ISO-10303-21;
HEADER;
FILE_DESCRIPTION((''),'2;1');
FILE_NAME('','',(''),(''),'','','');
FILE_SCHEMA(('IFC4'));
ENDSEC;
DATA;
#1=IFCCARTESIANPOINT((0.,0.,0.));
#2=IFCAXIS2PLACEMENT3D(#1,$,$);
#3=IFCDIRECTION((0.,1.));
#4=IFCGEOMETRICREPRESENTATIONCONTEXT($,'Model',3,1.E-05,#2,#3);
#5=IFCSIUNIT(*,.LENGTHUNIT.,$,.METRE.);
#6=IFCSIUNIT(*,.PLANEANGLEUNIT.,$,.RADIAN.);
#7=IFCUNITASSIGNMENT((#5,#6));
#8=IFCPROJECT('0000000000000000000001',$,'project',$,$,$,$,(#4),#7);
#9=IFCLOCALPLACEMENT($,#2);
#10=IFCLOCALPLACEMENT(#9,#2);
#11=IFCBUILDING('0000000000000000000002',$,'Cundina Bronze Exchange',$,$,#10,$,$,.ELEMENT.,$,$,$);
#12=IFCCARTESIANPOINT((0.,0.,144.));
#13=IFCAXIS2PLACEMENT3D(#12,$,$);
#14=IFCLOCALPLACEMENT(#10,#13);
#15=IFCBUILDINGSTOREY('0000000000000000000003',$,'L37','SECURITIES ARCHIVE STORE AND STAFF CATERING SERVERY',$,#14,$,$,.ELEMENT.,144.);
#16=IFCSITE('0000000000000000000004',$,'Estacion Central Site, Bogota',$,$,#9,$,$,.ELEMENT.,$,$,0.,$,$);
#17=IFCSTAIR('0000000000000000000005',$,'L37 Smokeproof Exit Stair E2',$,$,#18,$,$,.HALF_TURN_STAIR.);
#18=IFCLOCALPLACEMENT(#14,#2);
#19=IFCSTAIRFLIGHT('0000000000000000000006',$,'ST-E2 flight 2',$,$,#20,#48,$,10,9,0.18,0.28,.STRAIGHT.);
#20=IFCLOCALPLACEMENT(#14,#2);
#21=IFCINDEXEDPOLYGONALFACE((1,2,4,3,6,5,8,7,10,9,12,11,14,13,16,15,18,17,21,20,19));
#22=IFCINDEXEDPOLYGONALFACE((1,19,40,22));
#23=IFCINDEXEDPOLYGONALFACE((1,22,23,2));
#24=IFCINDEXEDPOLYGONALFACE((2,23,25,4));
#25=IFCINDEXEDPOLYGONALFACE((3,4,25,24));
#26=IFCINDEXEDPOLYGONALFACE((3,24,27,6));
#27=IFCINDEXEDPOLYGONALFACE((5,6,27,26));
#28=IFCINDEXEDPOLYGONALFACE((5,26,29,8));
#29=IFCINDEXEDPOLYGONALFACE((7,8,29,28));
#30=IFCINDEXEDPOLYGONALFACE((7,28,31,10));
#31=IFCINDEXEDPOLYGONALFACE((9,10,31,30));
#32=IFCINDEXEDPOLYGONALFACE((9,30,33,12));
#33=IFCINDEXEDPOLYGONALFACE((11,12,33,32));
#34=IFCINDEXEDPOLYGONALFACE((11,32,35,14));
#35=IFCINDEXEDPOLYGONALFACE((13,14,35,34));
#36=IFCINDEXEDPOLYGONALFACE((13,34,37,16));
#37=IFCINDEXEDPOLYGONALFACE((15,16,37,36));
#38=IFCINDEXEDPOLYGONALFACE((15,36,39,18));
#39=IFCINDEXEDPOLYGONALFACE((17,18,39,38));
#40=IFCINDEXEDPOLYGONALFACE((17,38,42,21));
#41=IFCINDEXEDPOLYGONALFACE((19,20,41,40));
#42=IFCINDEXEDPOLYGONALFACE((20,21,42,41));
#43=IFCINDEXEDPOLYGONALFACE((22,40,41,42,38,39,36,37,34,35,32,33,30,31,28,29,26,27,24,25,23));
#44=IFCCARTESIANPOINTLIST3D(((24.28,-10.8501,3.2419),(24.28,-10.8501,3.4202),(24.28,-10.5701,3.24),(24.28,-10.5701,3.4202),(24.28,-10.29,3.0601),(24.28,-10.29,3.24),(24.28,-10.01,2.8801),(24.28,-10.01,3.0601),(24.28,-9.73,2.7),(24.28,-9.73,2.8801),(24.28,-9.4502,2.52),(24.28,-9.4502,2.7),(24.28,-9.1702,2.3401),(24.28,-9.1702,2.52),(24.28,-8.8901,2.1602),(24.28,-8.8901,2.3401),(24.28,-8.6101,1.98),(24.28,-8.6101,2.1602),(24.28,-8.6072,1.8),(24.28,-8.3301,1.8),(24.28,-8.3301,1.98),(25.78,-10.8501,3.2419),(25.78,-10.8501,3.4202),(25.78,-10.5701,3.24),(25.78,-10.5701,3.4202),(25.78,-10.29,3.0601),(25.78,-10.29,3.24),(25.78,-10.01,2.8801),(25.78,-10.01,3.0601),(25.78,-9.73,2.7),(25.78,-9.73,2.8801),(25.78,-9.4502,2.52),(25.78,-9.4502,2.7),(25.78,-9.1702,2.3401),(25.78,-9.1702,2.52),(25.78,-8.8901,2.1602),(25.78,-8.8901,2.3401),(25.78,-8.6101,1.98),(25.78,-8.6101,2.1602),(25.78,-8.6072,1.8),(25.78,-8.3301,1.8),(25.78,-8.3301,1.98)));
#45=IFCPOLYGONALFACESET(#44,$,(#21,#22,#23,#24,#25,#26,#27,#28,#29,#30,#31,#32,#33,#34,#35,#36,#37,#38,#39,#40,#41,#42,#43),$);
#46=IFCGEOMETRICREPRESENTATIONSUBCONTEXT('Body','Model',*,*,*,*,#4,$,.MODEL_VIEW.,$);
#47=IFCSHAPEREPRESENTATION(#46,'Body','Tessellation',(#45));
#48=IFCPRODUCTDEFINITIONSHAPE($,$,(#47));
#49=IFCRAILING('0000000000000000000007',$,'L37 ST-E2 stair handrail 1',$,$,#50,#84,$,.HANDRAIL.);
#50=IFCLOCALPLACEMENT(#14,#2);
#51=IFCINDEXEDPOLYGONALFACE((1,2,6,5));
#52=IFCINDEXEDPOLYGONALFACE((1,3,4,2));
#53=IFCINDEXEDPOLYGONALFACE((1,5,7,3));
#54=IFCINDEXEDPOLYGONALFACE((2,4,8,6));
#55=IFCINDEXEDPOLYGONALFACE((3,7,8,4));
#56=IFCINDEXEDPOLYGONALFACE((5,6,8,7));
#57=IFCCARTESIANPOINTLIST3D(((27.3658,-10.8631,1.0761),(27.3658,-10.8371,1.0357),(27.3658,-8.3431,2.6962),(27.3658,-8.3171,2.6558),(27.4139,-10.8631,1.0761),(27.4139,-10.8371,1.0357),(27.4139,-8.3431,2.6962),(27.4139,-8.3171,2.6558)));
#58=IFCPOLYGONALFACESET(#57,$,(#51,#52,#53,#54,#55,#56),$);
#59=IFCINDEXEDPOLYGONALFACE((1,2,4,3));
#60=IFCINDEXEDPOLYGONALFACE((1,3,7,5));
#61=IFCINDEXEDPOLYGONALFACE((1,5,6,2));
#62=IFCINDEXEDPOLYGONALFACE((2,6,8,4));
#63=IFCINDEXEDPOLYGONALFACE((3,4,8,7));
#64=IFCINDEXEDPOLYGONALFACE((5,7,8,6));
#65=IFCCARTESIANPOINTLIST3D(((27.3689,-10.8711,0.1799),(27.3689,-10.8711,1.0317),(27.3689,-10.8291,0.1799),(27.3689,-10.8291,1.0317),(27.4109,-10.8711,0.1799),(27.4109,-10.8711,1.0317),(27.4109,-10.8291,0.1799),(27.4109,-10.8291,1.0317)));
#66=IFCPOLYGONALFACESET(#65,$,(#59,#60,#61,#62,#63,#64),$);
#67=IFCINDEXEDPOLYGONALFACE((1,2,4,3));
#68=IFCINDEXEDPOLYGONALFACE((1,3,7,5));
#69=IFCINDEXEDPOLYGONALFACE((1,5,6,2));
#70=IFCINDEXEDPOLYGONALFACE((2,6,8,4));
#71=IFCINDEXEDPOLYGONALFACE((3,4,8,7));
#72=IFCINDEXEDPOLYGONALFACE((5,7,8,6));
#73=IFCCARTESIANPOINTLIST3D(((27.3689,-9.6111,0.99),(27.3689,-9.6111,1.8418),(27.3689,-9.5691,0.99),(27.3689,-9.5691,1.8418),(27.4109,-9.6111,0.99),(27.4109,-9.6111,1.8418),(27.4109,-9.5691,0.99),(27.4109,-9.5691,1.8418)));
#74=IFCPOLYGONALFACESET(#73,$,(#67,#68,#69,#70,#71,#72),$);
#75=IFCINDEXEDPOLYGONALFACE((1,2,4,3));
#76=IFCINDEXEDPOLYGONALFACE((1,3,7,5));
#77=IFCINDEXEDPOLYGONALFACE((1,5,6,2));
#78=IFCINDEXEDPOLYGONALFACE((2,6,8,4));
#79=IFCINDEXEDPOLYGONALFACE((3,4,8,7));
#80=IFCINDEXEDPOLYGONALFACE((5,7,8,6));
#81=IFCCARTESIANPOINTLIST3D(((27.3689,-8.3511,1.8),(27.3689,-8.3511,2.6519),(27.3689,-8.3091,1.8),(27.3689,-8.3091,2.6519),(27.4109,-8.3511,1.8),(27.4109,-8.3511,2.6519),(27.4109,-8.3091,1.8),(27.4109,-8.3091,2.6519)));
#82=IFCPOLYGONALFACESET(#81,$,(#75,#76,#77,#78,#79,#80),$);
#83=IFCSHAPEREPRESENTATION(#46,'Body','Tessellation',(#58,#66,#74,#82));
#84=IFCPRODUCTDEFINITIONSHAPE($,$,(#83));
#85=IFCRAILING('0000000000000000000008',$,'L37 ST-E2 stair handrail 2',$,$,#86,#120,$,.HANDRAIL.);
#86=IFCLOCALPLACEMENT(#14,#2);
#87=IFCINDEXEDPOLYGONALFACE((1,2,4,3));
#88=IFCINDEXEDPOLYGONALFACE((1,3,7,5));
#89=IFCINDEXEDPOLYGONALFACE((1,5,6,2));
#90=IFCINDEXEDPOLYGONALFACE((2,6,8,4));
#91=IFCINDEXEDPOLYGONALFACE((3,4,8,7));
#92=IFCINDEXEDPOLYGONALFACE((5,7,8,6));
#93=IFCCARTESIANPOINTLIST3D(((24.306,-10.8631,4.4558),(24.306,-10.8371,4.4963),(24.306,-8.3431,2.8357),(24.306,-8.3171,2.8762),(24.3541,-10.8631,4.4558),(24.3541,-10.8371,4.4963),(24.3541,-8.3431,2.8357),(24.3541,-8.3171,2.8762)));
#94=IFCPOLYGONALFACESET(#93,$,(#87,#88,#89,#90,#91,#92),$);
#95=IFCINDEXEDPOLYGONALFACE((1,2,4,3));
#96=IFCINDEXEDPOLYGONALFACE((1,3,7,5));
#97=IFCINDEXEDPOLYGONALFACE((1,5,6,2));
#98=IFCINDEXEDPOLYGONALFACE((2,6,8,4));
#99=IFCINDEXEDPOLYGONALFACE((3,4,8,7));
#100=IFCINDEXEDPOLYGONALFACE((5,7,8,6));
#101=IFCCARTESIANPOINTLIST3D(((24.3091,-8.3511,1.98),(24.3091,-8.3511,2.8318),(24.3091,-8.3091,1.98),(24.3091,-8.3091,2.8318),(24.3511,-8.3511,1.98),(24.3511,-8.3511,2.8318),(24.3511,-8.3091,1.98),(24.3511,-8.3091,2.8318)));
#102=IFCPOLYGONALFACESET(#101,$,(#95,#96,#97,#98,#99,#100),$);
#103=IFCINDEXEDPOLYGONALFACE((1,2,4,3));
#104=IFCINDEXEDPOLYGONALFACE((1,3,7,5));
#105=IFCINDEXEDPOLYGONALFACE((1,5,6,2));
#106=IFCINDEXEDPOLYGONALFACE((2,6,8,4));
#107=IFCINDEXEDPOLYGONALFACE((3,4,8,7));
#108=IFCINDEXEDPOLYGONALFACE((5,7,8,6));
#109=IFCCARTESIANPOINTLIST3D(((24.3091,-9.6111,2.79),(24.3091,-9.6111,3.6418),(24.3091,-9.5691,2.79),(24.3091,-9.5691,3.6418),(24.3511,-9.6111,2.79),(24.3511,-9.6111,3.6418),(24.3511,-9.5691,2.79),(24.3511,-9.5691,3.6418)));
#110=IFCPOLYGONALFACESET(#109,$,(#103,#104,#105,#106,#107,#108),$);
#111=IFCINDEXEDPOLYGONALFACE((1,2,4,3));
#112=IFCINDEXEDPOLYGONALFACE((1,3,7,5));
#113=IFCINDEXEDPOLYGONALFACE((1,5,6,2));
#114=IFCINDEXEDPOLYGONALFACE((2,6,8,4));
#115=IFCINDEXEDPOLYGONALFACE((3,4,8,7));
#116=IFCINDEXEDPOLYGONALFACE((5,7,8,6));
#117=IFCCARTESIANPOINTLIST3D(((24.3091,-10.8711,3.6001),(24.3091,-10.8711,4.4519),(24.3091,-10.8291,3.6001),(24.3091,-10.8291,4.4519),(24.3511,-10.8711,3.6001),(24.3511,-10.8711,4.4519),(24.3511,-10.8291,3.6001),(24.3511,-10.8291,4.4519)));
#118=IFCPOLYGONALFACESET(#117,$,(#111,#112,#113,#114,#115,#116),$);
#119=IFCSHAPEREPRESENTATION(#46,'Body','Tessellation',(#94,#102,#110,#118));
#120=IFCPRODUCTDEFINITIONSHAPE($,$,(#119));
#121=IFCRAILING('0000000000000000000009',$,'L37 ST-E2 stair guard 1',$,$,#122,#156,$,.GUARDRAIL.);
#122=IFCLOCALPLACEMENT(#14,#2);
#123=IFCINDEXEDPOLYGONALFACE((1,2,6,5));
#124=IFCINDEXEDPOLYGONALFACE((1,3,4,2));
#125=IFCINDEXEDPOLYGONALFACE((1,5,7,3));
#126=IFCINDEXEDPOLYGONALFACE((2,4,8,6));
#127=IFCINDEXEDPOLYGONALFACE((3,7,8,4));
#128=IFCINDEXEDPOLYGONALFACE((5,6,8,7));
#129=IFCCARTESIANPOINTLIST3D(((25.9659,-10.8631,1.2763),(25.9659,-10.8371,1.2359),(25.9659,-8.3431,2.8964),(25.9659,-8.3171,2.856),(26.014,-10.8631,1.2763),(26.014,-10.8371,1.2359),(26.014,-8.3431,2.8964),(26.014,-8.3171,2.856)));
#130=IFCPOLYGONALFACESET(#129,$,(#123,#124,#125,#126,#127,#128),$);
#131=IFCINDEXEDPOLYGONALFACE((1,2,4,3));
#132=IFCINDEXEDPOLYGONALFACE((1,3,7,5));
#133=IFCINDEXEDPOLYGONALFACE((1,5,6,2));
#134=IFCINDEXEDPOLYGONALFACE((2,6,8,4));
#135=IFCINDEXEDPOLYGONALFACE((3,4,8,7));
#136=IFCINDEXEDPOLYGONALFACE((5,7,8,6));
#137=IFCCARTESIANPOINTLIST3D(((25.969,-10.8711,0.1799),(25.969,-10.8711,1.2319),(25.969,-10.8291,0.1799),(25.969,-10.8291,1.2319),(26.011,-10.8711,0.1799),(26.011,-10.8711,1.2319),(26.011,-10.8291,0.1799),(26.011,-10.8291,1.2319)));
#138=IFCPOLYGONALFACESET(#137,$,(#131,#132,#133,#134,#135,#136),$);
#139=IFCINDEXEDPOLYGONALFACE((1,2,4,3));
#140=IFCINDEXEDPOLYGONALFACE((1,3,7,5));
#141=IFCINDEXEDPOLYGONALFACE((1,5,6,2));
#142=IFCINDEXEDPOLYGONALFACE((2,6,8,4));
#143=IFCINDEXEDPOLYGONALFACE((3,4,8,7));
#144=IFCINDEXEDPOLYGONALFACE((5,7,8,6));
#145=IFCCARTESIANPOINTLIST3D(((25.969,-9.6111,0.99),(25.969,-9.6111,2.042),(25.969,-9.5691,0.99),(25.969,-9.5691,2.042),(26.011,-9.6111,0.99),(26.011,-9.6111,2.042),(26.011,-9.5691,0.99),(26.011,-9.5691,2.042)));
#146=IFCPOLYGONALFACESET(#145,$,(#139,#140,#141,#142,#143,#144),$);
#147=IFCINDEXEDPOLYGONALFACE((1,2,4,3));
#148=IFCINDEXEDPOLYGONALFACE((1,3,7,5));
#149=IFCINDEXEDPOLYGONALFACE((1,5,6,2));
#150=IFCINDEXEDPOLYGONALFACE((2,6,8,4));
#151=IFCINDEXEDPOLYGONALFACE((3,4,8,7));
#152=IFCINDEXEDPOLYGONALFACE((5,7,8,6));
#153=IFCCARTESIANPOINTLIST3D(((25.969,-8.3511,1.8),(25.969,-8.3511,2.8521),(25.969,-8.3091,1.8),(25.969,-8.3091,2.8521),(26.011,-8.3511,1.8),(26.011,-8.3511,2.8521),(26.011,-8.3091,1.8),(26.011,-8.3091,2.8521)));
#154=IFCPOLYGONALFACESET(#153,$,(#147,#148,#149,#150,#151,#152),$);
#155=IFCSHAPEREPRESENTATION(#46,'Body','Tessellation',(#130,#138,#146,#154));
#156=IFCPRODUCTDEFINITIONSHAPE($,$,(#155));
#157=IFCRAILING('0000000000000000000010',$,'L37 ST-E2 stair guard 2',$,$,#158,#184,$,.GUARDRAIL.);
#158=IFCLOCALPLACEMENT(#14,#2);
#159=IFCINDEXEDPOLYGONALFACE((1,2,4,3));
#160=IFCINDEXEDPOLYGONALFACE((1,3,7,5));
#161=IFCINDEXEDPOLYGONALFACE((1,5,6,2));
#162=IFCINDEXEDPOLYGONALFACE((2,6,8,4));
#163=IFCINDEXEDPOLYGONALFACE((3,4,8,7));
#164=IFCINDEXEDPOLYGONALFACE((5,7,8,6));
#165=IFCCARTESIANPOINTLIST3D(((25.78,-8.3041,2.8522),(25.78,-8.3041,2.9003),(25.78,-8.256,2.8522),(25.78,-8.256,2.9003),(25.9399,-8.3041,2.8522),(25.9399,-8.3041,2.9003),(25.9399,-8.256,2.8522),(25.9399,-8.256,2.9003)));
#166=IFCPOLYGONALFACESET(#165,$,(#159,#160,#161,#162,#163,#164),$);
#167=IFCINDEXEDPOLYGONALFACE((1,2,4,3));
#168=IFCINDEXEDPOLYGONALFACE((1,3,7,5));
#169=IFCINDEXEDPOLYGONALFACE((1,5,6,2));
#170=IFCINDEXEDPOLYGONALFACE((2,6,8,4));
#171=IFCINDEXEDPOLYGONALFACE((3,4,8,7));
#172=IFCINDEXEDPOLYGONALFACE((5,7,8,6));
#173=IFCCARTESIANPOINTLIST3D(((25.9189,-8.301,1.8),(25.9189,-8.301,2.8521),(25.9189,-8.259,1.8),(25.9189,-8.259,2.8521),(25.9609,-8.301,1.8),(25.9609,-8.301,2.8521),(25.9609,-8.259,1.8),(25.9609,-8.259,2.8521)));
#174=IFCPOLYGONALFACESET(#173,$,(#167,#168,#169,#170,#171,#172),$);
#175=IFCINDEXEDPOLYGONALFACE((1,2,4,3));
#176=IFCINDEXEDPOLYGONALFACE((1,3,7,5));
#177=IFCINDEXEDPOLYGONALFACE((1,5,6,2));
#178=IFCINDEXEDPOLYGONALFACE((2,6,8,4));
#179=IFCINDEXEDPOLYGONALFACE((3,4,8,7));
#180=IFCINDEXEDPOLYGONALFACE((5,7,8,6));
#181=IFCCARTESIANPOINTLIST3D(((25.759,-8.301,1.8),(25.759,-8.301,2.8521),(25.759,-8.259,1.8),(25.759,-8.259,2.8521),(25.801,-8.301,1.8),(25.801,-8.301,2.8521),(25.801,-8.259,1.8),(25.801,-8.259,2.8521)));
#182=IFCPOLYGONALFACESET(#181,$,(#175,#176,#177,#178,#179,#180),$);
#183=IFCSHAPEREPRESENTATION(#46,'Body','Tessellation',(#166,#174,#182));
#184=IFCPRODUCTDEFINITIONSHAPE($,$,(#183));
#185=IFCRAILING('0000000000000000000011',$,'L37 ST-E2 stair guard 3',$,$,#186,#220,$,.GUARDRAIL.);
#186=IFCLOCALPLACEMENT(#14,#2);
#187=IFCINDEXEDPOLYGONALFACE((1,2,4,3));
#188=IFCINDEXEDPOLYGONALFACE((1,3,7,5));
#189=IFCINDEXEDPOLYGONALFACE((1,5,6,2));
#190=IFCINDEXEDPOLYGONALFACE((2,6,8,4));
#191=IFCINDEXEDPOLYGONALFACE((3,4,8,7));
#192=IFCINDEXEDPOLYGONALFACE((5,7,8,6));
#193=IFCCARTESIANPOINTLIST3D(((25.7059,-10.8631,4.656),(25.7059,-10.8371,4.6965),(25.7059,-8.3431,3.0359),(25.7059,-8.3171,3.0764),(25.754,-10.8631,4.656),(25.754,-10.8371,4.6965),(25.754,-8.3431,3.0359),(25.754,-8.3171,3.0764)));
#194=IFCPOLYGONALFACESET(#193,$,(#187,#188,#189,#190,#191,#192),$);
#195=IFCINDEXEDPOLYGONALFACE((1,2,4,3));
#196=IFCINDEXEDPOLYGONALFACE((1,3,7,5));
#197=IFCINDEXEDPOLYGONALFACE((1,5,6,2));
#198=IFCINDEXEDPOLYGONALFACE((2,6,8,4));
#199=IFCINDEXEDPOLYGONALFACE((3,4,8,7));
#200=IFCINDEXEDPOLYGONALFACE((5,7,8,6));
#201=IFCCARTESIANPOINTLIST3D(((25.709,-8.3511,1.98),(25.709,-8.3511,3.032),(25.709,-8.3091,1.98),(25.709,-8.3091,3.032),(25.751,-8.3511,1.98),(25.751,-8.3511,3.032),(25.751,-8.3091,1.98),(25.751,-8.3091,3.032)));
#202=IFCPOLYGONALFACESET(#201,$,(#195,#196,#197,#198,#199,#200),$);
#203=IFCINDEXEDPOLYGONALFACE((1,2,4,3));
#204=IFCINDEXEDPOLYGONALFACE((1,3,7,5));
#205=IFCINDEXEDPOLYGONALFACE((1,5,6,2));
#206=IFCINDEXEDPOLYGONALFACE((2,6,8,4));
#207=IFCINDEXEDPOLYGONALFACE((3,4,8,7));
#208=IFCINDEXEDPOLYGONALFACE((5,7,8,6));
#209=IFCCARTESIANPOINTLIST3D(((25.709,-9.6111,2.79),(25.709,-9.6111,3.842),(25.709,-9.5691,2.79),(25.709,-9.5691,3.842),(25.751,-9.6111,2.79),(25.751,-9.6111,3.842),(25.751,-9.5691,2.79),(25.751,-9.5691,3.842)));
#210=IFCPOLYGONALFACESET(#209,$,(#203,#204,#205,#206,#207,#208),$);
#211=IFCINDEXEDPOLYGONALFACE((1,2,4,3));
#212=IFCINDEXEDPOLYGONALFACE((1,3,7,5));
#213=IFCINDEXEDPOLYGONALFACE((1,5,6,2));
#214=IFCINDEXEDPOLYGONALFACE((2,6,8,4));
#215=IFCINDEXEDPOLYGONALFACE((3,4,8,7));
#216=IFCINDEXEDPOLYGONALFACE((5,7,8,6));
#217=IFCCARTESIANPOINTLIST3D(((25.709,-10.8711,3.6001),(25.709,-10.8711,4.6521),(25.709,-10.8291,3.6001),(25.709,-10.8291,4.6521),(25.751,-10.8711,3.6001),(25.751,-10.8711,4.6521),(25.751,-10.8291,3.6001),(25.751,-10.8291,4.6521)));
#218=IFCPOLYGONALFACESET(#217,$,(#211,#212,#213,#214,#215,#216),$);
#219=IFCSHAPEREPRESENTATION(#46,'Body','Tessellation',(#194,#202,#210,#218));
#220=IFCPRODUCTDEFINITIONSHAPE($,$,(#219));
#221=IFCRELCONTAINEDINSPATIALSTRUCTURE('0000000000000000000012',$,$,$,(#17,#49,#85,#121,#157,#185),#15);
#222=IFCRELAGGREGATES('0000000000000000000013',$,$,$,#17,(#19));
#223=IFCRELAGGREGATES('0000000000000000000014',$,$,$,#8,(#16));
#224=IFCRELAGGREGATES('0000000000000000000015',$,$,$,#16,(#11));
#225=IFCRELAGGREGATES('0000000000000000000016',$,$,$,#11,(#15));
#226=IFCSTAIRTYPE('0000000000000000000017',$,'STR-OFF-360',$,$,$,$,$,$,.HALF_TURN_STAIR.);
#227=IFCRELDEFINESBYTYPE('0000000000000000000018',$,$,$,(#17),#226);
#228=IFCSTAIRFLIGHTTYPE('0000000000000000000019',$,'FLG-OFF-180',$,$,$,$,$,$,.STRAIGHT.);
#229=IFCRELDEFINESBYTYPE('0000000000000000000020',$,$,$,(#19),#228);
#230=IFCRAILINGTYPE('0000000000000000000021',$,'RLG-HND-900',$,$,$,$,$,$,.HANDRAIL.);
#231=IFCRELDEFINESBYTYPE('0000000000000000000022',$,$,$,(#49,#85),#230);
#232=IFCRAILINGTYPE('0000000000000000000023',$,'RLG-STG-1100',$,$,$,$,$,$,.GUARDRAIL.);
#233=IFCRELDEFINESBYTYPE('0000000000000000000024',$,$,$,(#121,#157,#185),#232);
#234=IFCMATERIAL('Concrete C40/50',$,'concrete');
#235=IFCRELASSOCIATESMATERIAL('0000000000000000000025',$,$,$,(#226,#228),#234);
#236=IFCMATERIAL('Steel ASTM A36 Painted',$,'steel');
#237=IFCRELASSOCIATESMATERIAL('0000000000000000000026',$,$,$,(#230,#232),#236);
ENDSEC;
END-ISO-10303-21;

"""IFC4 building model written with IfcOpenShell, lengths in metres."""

from ifc_helpers import new_model, si_unit, direction, frame, origin, origin_2d, place, context, subcontext, project, spatial, polyline, rectangle, outline, extrude, material, type_object, element, aggregate, save


model = new_model("IFC4")

# Units and contexts
model_context = context("Model", 3, precision=1e-05, world=origin(), true_north=direction((0.0, 1.0)))
body_context = subcontext(model_context, "Body", "Model", "MODEL_VIEW")
ifc_project = project(units=[si_unit("LENGTHUNIT", "METRE"), si_unit("PLANEANGLEUNIT", "RADIAN")], contexts=[model_context])

# Site, building, storey
site_placement = place(None, origin())
site = spatial("IfcSite", under=ifc_project, at=site_placement, Name="Estacion Central Site, Bogota", CompositionType="ELEMENT", RefElevation=0.0)
building_placement = place(site_placement, origin())
building = spatial("IfcBuilding", under=site, at=building_placement, Name="Cundina Bronze Exchange", CompositionType="ELEMENT")
storey_placement = place(building_placement, frame((0.0, 0.0, 144.0)))
storey = spatial("IfcBuildingStorey", under=building, at=storey_placement, Name="L37", Description="SECURITIES ARCHIVE STORE AND STAFF CATERING SERVERY", CompositionType="ELEMENT", Elevation=144.0)

# Shared definitions
ifc_material_1 = material(Name="Steel ASTM A36 Painted", Category="steel")

# Stair, stair flight
ifc_material_2 = material(Name="Concrete C40/50", Category="concrete")
stair_type = type_object("IfcStairType", Name="STR-OFF-360", PredefinedType="HALF_TURN_STAIR", material=ifc_material_2)
stair_placement = place(storey_placement, origin())
stair = element("IfcStair", 1, at=stair_placement, inside=storey, type_object=stair_type, Name="L37 Smokeproof Exit Stair E2", PredefinedType="HALF_TURN_STAIR")
stair_flight_type = type_object("IfcStairFlightType", Name="FLG-OFF-180", PredefinedType="STRAIGHT", material=ifc_material_2)
stair_flight_1_placement = place(storey_placement, frame((25.03, -8.3301, 1.8), z_axis=(0.0, 0.0, 1.0), x_axis=(0.0, -1.0, 0.0)))
stair_flight_1 = element("IfcStairFlight", 2, at=stair_flight_1_placement, type_object=stair_flight_type, Name="ST-E2 flight 2", NumberOfRisers=10, NumberOfTreads=9, PredefinedType="STRAIGHT", RiserHeight=0.18, TreadLength=0.28, context=body_context, shape_type="SweptSolid", body=[
    extrude(outline(polyline([(0.0, 0.0), (0.0, 0.1799), (0.28, 0.1799), (0.28, 0.3601), (0.5601, 0.3601), (0.5601, 0.54), (0.8401, 0.54), (0.8401, 0.72), (1.1201, 0.72), (1.1201, 0.8999), (1.3999, 0.8999), (1.3999, 1.0801), (1.6799, 1.0801), (1.6799, 1.26), (1.96, 1.26), (1.96, 1.4399), (2.24, 1.4399), (2.24, 1.6201), (2.52, 1.6201), (2.52, 1.8), (2.52, 1.4419), (0.2771, 0.0), (0.0, 0.0)])), frame((0.0, 0.75, 0.0), z_axis=(0.0, -1.0, 0.0), x_axis=(1.0, 0.0, 0.0)), (0.0, 0.0, 1.0), 1.5),
])
aggregate(stair, [stair_flight_1])

# Railings
railing_type_1 = type_object("IfcRailingType", Name="RLG-HND-900", PredefinedType="HANDRAIL", material=ifc_material_1)
railing_1_placement = place(storey_placement, frame((27.3899, -10.8501, 0.1799)))
element("IfcRailing", 3, at=railing_1_placement, inside=storey, type_object=railing_type_1, Name="L37 ST-E2 stair handrail 1", PredefinedType="HANDRAIL", context=body_context, shape_type="SweptSolid", body=[
    extrude(rectangle(XDim=0.0481, YDim=0.0481, at=origin_2d()), frame((0.0, 0.0, 0.876), z_axis=(0.0, 0.841163, 0.540782), x_axis=(-1.0, 0.0, 0.0)), (0.0, 0.0, 1.0), 2.9958),
    extrude(rectangle(XDim=0.042, YDim=0.042, at=origin_2d()), origin(), (0.0, 0.0, 1.0), 0.8518),
    extrude(rectangle(XDim=0.042, YDim=0.042, at=origin_2d()), frame((0.0, 1.26, 0.8101)), (0.0, 0.0, 1.0), 0.8518),
    extrude(rectangle(XDim=0.042, YDim=0.042, at=origin_2d()), frame((0.0, 2.52, 1.6201)), (0.0, 0.0, 1.0), 0.8518),
])
railing_2_placement = place(storey_placement, frame((24.3301, -8.3301, 1.98)))
element("IfcRailing", 4, at=railing_2_placement, inside=storey, type_object=railing_type_1, Name="L37 ST-E2 stair handrail 2", PredefinedType="HANDRAIL", context=body_context, shape_type="SweptSolid", body=[
    extrude(rectangle(XDim=0.0481, YDim=0.0481, at=origin_2d()), frame((0.0, 0.0, 0.876), z_axis=(0.0, -0.841163, 0.540782), x_axis=(1.0, 0.0, 0.0)), (0.0, 0.0, 1.0), 2.9958),
    extrude(rectangle(XDim=0.042, YDim=0.042, at=origin_2d()), origin(), (0.0, 0.0, 1.0), 0.8518),
    extrude(rectangle(XDim=0.042, YDim=0.042, at=origin_2d()), frame((0.0, -1.26, 0.8101)), (0.0, 0.0, 1.0), 0.8518),
    extrude(rectangle(XDim=0.042, YDim=0.042, at=origin_2d()), frame((0.0, -2.52, 1.6201)), (0.0, 0.0, 1.0), 0.8518),
])
railing_type_2 = type_object("IfcRailingType", Name="RLG-STG-1100", PredefinedType="GUARDRAIL", material=ifc_material_1)
railing_3_placement = place(storey_placement, frame((25.99, -10.8501, 0.1799)))
element("IfcRailing", 5, at=railing_3_placement, inside=storey, type_object=railing_type_2, Name="L37 ST-E2 stair guard 1", PredefinedType="GUARDRAIL", context=body_context, shape_type="SweptSolid", body=[
    extrude(rectangle(XDim=0.0481, YDim=0.0481, at=origin_2d()), frame((0.0, 0.0, 1.0762), z_axis=(0.0, 0.841163, 0.540782), x_axis=(-1.0, 0.0, 0.0)), (0.0, 0.0, 1.0), 2.9958),
    extrude(rectangle(XDim=0.042, YDim=0.042, at=origin_2d()), origin(), (0.0, 0.0, 1.0), 1.052),
    extrude(rectangle(XDim=0.042, YDim=0.042, at=origin_2d()), frame((0.0, 1.26, 0.8101)), (0.0, 0.0, 1.0), 1.052),
    extrude(rectangle(XDim=0.042, YDim=0.042, at=origin_2d()), frame((0.0, 2.52, 1.6201)), (0.0, 0.0, 1.0), 1.052),
])
railing_4_placement = place(storey_placement, frame((25.9399, -8.28, 1.8)))
element("IfcRailing", 6, at=railing_4_placement, inside=storey, type_object=railing_type_2, Name="L37 ST-E2 stair guard 2", PredefinedType="GUARDRAIL", context=body_context, shape_type="SweptSolid", body=[
    extrude(rectangle(XDim=0.0481, YDim=0.0481, at=origin_2d()), frame((0.0, 0.0, 1.0762), z_axis=(-1.0, 0.0, 0.0), x_axis=(0.0, -1.0, 0.0)), (0.0, 0.0, 1.0), 0.1599),
    extrude(rectangle(XDim=0.042, YDim=0.042, at=origin_2d()), origin(), (0.0, 0.0, 1.0), 1.052),
    extrude(rectangle(XDim=0.042, YDim=0.042, at=origin_2d()), frame((-0.1599, 0.0, 0.0)), (0.0, 0.0, 1.0), 1.052),
])
railing_5_placement = place(storey_placement, frame((25.73, -8.3301, 1.98)))
element("IfcRailing", 7, at=railing_5_placement, inside=storey, type_object=railing_type_2, Name="L37 ST-E2 stair guard 3", PredefinedType="GUARDRAIL", context=body_context, shape_type="SweptSolid", body=[
    extrude(rectangle(XDim=0.0481, YDim=0.0481, at=origin_2d()), frame((0.0, 0.0, 1.0762), z_axis=(0.0, -0.841163, 0.540782), x_axis=(1.0, 0.0, 0.0)), (0.0, 0.0, 1.0), 2.9958),
    extrude(rectangle(XDim=0.042, YDim=0.042, at=origin_2d()), origin(), (0.0, 0.0, 1.0), 1.052),
    extrude(rectangle(XDim=0.042, YDim=0.042, at=origin_2d()), frame((0.0, -1.26, 0.8101)), (0.0, 0.0, 1.0), 1.052),
    extrude(rectangle(XDim=0.042, YDim=0.042, at=origin_2d()), frame((0.0, -2.52, 1.6201)), (0.0, 0.0, 1.0), 1.052),
])

save(model, "model.ifc")
